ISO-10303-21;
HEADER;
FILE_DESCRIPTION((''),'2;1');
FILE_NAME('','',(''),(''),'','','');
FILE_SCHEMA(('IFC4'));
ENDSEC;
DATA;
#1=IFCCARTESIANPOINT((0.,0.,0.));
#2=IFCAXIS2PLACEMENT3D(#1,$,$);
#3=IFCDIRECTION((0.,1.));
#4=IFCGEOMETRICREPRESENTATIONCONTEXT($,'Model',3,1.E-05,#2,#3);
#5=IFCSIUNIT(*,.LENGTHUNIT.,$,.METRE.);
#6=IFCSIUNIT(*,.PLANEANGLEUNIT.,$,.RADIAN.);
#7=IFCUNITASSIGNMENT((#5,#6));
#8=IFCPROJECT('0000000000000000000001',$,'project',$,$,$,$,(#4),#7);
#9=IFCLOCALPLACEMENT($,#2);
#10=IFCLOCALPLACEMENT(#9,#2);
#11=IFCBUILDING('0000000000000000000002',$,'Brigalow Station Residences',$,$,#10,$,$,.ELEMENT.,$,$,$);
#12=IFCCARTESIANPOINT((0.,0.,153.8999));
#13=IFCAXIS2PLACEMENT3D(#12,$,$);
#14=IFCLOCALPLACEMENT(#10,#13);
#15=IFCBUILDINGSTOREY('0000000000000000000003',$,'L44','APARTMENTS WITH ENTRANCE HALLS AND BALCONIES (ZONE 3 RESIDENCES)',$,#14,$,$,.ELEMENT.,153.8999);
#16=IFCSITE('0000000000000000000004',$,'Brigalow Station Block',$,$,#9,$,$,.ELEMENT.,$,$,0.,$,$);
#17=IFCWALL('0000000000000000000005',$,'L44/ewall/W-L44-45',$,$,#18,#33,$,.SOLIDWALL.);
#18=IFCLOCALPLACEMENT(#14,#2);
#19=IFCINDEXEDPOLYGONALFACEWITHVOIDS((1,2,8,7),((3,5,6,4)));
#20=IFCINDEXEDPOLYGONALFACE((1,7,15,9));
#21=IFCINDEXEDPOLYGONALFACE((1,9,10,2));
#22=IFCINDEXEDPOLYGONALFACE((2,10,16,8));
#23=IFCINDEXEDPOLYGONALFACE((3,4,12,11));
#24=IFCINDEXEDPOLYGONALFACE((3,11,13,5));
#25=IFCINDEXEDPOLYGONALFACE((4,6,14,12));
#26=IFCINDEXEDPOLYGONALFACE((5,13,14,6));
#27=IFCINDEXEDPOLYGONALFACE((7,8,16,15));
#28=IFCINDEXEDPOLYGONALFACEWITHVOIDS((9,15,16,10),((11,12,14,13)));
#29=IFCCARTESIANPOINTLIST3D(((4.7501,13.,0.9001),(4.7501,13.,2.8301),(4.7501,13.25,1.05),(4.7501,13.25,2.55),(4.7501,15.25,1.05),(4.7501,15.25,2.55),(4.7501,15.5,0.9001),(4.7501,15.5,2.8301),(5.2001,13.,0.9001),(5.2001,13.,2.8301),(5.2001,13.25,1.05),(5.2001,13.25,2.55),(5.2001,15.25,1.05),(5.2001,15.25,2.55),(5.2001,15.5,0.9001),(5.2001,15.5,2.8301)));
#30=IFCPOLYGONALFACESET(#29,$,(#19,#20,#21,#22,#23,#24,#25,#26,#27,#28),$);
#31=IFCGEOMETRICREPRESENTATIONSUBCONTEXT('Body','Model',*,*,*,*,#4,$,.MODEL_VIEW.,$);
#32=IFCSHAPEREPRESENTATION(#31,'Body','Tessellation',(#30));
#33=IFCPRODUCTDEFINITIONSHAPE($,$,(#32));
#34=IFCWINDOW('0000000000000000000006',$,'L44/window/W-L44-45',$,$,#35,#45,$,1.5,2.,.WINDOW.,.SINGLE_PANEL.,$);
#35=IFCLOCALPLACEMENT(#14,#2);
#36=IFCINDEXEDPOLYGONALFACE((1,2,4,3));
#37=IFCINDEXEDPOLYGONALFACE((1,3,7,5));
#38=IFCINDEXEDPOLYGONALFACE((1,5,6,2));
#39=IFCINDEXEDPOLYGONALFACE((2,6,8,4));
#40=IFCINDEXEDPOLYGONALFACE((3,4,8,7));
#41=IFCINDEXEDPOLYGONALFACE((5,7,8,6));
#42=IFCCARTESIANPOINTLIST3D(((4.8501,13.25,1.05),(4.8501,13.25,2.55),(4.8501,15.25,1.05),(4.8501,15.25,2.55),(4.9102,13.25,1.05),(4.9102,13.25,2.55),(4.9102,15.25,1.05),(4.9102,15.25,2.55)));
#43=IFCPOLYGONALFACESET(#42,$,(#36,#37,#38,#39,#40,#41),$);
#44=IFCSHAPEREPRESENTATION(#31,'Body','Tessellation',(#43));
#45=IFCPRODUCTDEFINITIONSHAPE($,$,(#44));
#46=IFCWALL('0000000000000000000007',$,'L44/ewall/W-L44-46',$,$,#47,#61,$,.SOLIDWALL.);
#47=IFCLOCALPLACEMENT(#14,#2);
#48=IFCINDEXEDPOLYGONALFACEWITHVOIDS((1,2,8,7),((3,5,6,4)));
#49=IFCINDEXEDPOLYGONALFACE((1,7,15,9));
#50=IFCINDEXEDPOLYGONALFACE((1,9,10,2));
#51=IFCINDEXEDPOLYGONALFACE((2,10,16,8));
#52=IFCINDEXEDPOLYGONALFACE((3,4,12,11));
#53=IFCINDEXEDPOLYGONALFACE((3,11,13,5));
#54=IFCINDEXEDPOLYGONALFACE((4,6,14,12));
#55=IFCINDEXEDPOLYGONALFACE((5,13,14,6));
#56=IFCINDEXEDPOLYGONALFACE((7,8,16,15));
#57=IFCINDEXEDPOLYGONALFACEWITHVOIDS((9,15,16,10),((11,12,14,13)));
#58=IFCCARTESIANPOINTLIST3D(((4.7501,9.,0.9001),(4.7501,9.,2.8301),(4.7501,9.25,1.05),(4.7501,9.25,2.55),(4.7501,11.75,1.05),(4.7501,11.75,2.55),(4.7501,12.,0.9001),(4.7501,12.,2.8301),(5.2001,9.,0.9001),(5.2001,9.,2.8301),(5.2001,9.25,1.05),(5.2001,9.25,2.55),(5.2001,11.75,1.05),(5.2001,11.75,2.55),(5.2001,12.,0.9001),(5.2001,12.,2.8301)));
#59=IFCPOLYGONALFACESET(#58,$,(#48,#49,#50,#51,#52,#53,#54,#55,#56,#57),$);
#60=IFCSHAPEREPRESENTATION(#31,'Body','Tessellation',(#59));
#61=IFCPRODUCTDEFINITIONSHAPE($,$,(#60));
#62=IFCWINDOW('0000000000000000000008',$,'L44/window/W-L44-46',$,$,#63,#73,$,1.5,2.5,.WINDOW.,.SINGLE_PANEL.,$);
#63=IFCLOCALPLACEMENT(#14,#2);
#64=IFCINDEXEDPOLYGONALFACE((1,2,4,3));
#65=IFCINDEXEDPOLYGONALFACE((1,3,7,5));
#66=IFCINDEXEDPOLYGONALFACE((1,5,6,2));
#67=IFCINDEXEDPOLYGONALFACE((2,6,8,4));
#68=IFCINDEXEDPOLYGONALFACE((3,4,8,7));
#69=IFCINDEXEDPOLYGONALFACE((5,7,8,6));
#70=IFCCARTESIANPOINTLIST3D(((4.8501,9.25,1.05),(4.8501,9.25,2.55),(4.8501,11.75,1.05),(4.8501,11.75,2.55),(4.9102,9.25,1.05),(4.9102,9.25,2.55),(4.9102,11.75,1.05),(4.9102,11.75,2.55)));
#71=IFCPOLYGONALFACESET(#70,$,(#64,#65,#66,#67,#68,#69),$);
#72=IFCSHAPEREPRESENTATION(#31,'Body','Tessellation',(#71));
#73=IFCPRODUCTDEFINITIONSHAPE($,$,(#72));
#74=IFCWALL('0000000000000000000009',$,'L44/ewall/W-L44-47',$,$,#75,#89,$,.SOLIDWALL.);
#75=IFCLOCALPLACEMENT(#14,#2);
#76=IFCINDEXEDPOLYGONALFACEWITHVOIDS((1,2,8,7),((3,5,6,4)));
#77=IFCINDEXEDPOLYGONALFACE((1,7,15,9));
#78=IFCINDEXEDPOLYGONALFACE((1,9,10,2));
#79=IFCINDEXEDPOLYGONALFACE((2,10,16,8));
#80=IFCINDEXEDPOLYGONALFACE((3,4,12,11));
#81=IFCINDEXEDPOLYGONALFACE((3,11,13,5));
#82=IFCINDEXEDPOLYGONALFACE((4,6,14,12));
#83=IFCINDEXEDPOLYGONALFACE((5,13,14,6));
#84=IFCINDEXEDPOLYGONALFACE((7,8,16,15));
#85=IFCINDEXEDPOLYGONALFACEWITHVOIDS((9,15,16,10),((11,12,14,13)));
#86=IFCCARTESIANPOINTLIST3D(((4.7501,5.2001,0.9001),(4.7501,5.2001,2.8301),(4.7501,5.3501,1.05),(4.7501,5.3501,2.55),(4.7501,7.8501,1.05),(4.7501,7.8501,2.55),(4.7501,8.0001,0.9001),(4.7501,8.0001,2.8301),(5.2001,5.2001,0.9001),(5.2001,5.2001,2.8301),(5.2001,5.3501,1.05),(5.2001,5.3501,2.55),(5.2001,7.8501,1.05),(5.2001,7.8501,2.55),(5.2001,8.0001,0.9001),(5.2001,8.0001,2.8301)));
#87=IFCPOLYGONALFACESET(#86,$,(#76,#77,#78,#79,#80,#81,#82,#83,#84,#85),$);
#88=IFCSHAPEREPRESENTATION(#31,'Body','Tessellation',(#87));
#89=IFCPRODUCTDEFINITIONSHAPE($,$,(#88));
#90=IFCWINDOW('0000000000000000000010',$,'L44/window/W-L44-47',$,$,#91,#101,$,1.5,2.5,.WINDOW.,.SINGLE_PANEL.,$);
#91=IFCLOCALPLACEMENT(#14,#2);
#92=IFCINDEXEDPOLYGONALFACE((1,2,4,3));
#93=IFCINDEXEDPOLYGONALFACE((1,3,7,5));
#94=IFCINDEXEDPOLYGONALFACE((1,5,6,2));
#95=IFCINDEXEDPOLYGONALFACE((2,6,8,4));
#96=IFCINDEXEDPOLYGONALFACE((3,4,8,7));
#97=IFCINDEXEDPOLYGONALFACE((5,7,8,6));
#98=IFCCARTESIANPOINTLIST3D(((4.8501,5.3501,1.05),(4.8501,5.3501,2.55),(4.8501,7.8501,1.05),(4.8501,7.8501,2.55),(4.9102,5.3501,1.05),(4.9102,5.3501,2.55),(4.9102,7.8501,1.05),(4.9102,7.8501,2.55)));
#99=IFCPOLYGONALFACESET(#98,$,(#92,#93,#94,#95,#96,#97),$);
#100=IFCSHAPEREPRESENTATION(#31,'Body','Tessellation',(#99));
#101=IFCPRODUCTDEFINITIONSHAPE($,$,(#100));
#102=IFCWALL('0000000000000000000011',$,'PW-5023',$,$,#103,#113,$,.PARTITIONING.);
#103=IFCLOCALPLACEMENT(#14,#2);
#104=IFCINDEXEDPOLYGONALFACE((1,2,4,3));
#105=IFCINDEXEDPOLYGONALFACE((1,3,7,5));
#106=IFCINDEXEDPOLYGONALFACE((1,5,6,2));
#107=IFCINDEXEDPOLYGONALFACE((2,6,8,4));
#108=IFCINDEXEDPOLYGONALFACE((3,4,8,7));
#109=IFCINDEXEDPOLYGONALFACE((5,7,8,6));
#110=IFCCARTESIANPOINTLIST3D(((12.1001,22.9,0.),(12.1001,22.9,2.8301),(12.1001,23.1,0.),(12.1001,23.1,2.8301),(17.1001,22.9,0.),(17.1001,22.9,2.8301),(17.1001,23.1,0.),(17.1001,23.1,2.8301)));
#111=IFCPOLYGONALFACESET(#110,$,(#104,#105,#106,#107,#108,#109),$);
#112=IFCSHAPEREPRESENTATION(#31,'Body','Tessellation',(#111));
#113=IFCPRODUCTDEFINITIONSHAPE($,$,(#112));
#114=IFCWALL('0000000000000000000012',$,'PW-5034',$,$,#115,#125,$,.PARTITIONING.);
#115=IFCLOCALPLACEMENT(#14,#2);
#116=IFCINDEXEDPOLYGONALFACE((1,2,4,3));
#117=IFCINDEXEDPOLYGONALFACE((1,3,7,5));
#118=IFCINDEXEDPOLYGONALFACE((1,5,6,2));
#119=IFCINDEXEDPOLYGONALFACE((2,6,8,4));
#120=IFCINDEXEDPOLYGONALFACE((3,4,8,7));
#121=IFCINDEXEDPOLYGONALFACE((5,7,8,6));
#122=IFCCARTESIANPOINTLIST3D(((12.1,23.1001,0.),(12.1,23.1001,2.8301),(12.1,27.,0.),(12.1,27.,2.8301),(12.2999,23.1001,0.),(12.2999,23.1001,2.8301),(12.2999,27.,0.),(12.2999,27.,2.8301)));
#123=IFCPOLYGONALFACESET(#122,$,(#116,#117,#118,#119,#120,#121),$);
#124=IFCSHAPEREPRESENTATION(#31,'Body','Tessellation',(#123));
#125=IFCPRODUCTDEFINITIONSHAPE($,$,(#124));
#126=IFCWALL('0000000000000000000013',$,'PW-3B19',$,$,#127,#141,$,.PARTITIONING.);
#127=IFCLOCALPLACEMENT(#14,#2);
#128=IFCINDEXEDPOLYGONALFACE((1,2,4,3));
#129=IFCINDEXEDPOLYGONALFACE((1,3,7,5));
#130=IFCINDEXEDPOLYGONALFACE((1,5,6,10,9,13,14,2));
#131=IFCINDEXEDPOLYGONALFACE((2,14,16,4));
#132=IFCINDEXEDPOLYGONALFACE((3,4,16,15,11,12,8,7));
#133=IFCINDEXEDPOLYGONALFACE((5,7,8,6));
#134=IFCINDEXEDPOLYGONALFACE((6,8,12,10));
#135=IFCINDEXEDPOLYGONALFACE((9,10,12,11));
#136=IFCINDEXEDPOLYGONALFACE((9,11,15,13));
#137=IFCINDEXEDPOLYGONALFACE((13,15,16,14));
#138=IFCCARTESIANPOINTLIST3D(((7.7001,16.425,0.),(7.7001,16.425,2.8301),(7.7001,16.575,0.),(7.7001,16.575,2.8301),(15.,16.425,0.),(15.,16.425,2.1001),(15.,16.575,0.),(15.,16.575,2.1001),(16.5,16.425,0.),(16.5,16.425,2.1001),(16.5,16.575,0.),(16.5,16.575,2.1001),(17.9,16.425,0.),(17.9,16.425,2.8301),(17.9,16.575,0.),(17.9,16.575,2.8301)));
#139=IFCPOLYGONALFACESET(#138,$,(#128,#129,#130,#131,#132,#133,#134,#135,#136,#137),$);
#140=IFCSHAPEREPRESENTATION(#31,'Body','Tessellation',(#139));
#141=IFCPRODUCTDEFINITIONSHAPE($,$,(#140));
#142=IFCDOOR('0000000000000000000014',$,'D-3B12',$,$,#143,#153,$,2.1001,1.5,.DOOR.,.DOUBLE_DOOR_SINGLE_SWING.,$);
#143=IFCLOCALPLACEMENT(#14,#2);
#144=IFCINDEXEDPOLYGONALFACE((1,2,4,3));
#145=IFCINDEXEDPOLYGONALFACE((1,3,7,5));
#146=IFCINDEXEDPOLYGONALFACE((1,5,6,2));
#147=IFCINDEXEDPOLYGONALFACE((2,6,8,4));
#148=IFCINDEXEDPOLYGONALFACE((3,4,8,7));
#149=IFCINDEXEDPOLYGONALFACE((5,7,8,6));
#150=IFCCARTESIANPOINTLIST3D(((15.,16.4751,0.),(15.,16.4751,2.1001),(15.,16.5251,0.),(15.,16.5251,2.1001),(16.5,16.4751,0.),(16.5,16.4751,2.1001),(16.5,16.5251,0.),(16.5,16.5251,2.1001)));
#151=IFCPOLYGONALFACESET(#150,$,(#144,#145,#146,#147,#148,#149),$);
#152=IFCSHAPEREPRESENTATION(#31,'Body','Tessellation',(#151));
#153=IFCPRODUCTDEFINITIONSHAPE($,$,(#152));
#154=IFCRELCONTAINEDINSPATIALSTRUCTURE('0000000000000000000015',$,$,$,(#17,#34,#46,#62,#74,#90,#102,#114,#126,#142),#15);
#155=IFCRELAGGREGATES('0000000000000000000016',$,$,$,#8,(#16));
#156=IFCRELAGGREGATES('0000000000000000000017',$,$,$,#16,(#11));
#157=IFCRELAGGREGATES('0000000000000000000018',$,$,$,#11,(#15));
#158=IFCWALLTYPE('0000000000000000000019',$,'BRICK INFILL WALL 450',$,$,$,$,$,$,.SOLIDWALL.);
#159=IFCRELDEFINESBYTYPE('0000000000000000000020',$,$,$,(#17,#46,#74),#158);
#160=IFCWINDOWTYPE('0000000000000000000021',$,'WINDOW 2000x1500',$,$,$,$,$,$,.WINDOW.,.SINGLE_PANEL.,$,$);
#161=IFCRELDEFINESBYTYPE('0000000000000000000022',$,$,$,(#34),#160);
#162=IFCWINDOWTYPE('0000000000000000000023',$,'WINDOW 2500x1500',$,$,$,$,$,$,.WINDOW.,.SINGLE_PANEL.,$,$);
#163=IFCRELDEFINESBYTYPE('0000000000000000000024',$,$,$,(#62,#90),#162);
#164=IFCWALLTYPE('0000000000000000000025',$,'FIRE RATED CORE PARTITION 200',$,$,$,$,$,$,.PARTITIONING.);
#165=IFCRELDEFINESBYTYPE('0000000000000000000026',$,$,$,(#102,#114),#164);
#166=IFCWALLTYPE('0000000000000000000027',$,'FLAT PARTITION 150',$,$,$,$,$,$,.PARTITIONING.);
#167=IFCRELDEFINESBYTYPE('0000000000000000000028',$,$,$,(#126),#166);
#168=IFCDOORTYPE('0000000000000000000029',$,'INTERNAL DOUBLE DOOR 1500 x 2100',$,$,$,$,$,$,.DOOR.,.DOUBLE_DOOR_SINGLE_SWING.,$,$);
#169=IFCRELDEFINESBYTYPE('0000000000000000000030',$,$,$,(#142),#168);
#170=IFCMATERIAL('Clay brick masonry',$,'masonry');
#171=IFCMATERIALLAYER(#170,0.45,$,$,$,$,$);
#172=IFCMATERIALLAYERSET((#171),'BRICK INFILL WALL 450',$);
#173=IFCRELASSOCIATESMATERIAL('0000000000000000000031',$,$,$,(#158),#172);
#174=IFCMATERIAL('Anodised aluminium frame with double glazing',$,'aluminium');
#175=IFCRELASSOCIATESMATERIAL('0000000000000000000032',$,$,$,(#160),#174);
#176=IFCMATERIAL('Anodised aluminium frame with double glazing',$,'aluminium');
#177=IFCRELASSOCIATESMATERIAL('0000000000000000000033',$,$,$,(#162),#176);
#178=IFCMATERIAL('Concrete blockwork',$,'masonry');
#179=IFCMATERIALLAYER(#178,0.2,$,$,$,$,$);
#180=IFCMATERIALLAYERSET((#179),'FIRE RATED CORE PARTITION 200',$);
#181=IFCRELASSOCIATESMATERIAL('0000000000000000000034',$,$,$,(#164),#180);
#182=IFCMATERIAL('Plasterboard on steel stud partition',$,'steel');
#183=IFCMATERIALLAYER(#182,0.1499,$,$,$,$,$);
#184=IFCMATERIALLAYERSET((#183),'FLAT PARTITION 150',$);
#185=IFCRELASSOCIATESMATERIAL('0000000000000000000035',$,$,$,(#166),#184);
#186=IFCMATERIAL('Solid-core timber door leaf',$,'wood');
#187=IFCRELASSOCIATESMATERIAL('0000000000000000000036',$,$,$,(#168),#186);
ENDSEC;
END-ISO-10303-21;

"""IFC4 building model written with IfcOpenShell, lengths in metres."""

from ifc_helpers import new_model, si_unit, direction, frame, frame_2d, origin, place, context, subcontext, project, spatial, rectangle, extrude, material, layer, layer_set, type_object, element, fill, save


model = new_model("IFC4")

# Units and contexts
model_context = context("Model", 3, precision=1e-05, world=origin(), true_north=direction((0.0, 1.0)))
body_context = subcontext(model_context, "Body", "Model", "MODEL_VIEW")
ifc_project = project(units=[si_unit("LENGTHUNIT", "METRE"), si_unit("PLANEANGLEUNIT", "RADIAN")], contexts=[model_context])

# Site, building, storey
site_placement = place(None, origin())
site = spatial("IfcSite", under=ifc_project, at=site_placement, Name="Brigalow Station Block", CompositionType="ELEMENT", RefElevation=0.0)
building_placement = place(site_placement, origin())
building = spatial("IfcBuilding", under=site, at=building_placement, Name="Brigalow Station Residences", CompositionType="ELEMENT")
storey_placement = place(building_placement, frame((0.0, 0.0, 153.8999)))
storey = spatial("IfcBuildingStorey", under=building, at=storey_placement, Name="L44", Description="APARTMENTS WITH ENTRANCE HALLS AND BALCONIES (ZONE 3 RESIDENCES)", CompositionType="ELEMENT", Elevation=153.8999)

# Shared definitions
ifc_material_1 = material(Name="Clay brick masonry", Category="masonry")
ifc_layer_1 = layer(ifc_material_1, 0.45)
ifc_layer_set_1 = layer_set([ifc_layer_1], Name="BRICK INFILL WALL 450")
wall_type_1 = type_object("IfcWallType", Name="BRICK INFILL WALL 450", PredefinedType="SOLIDWALL", material=ifc_layer_set_1)

# Walls, openings, windows
wall_1_placement = place(storey_placement, frame((4.9751, 15.5, 0.9001), z_axis=(0.0, 0.0, 1.0), x_axis=(0.0, -1.0, 0.0)))
wall_1 = element("IfcWall", 1, at=wall_1_placement, inside=storey, type_object=wall_type_1, Name="L44/ewall/W-L44-45", PredefinedType="SOLIDWALL", context=body_context, shape_type="SweptSolid", body=[
    extrude(rectangle(XDim=2.5, YDim=0.45, at=frame_2d((1.25, 0.0))), origin(), (0.0, 0.0, 1.0), 1.9299),
])
opening_1_placement = place(wall_1_placement, frame((0.25, 0.0, 0.1499)))
opening_1 = element("IfcOpeningElement", 2, at=opening_1_placement, cuts=wall_1, PredefinedType="OPENING", context=body_context, shape_type="SweptSolid", body=[
    extrude(rectangle(XDim=2.0, YDim=1.5, at=frame_2d((1.0, 0.75))), frame((0.0, 0.2349, 0.0), z_axis=(0.0, -1.0, 0.0), x_axis=(1.0, 0.0, 0.0)), (0.0, 0.0, 1.0), 0.47),
])
ifc_material_2 = material(Name="Anodised aluminium frame with double glazing", Category="aluminium")
window_type_1 = type_object("IfcWindowType", Name="WINDOW 2000x1500", PartitioningType="SINGLE_PANEL", PredefinedType="WINDOW", material=ifc_material_2)
window_1_placement = place(opening_1_placement, origin())
window_1 = element("IfcWindow", 3, at=window_1_placement, inside=storey, type_object=window_type_1, Name="L44/window/W-L44-45", OverallHeight=1.5, OverallWidth=2.0, PartitioningType="SINGLE_PANEL", PredefinedType="WINDOW", context=body_context, shape_type="SweptSolid", body=[
    extrude(rectangle(XDim=2.0, YDim=1.5, at=frame_2d((1.0, 0.75))), frame((0.0, -0.0649, 0.0), z_axis=(0.0, -1.0, 0.0), x_axis=(1.0, 0.0, 0.0)), (0.0, 0.0, 1.0), 0.0601),
])
fill(opening_1, window_1)
wall_2_placement = place(storey_placement, frame((4.9751, 12.0, 0.9001), z_axis=(0.0, 0.0, 1.0), x_axis=(0.0, -1.0, 0.0)))
wall_2 = element("IfcWall", 4, at=wall_2_placement, inside=storey, type_object=wall_type_1, Name="L44/ewall/W-L44-46", PredefinedType="SOLIDWALL", context=body_context, shape_type="SweptSolid", body=[
    extrude(rectangle(XDim=3.0, YDim=0.45, at=frame_2d((1.5, 0.0))), origin(), (0.0, 0.0, 1.0), 1.9299),
])
opening_2_placement = place(wall_2_placement, frame((0.25, 0.0, 0.1499)))
opening_2 = element("IfcOpeningElement", 5, at=opening_2_placement, cuts=wall_2, PredefinedType="OPENING", context=body_context, shape_type="SweptSolid", body=[
    extrude(rectangle(XDim=2.5, YDim=1.5, at=frame_2d((1.25, 0.75))), frame((0.0, 0.2349, 0.0), z_axis=(0.0, -1.0, 0.0), x_axis=(1.0, 0.0, 0.0)), (0.0, 0.0, 1.0), 0.47),
])
ifc_material_3 = material(Name="Anodised aluminium frame with double glazing", Category="aluminium")
window_type_2 = type_object("IfcWindowType", Name="WINDOW 2500x1500", PartitioningType="SINGLE_PANEL", PredefinedType="WINDOW", material=ifc_material_3)
window_2_placement = place(opening_2_placement, origin())
window_2 = element("IfcWindow", 6, at=window_2_placement, inside=storey, type_object=window_type_2, Name="L44/window/W-L44-46", OverallHeight=1.5, OverallWidth=2.5, PartitioningType="SINGLE_PANEL", PredefinedType="WINDOW", context=body_context, shape_type="SweptSolid", body=[
    extrude(rectangle(XDim=2.5, YDim=1.5, at=frame_2d((1.25, 0.75))), frame((0.0, -0.0649, 0.0), z_axis=(0.0, -1.0, 0.0), x_axis=(1.0, 0.0, 0.0)), (0.0, 0.0, 1.0), 0.0601),
])
fill(opening_2, window_2)
wall_3_placement = place(storey_placement, frame((4.9751, 8.0, 0.9001), z_axis=(0.0, 0.0, 1.0), x_axis=(0.0, -1.0, 0.0)))
wall_3 = element("IfcWall", 7, at=wall_3_placement, inside=storey, type_object=wall_type_1, Name="L44/ewall/W-L44-47", PredefinedType="SOLIDWALL", context=body_context, shape_type="SweptSolid", body=[
    extrude(rectangle(XDim=2.8, YDim=0.45, at=frame_2d((1.3999, 0.0))), origin(), (0.0, 0.0, 1.0), 1.9299),
])
opening_3_placement = place(wall_3_placement, frame((0.1499, 0.0, 0.1499)))
opening_3 = element("IfcOpeningElement", 8, at=opening_3_placement, cuts=wall_3, PredefinedType="OPENING", context=body_context, shape_type="SweptSolid", body=[
    extrude(rectangle(XDim=2.5, YDim=1.5, at=frame_2d((1.25, 0.75))), frame((0.0, 0.2349, 0.0), z_axis=(0.0, -1.0, 0.0), x_axis=(1.0, 0.0, 0.0)), (0.0, 0.0, 1.0), 0.47),
])
window_3_placement = place(opening_3_placement, origin())
window_3 = element("IfcWindow", 9, at=window_3_placement, inside=storey, type_object=window_type_2, Name="L44/window/W-L44-47", OverallHeight=1.5, OverallWidth=2.5, PartitioningType="SINGLE_PANEL", PredefinedType="WINDOW", context=body_context, shape_type="SweptSolid", body=[
    extrude(rectangle(XDim=2.5, YDim=1.5, at=frame_2d((1.25, 0.75))), frame((0.0, -0.0649, 0.0), z_axis=(0.0, -1.0, 0.0), x_axis=(1.0, 0.0, 0.0)), (0.0, 0.0, 1.0), 0.0601),
])
fill(opening_3, window_3)

# Walls
ifc_material_4 = material(Name="Concrete blockwork", Category="masonry")
ifc_layer_2 = layer(ifc_material_4, 0.2)
ifc_layer_set_2 = layer_set([ifc_layer_2], Name="FIRE RATED CORE PARTITION 200")
wall_type_2 = type_object("IfcWallType", Name="FIRE RATED CORE PARTITION 200", PredefinedType="PARTITIONING", material=ifc_layer_set_2)
wall_4_placement = place(storey_placement, frame((12.1001, 23.0, 0.0), z_axis=(0.0, 0.0, 1.0), x_axis=(1.0, 0.0, 0.0)))
element("IfcWall", 10, at=wall_4_placement, inside=storey, type_object=wall_type_2, Name="PW-5023", PredefinedType="PARTITIONING", context=body_context, shape_type="SweptSolid", body=[
    extrude(rectangle(XDim=5.0, YDim=0.2, at=frame_2d((2.5, 0.0))), origin(), (0.0, 0.0, 1.0), 2.8301),
])
wall_5_placement = place(storey_placement, frame((12.2, 23.1001, 0.0), z_axis=(0.0, 0.0, 1.0), x_axis=(0.0, 1.0, 0.0)))
element("IfcWall", 11, at=wall_5_placement, inside=storey, type_object=wall_type_2, Name="PW-5034", PredefinedType="PARTITIONING", context=body_context, shape_type="SweptSolid", body=[
    extrude(rectangle(XDim=3.8999, YDim=0.2, at=frame_2d((1.95, 0.0))), origin(), (0.0, 0.0, 1.0), 2.8301),
])

# Wall, opening, door
ifc_material_5 = material(Name="Plasterboard on steel stud partition", Category="steel")
ifc_layer_3 = layer(ifc_material_5, 0.1499)
ifc_layer_set_3 = layer_set([ifc_layer_3], Name="FLAT PARTITION 150")
wall_type_3 = type_object("IfcWallType", Name="FLAT PARTITION 150", PredefinedType="PARTITIONING", material=ifc_layer_set_3)
wall_6_placement = place(storey_placement, frame((7.7, 16.5, 0.0), z_axis=(0.0, 0.0, 1.0), x_axis=(1.0, 0.0, 0.0)))
wall_6 = element("IfcWall", 12, at=wall_6_placement, inside=storey, type_object=wall_type_3, Name="PW-3B19", PredefinedType="PARTITIONING", context=body_context, shape_type="SweptSolid", body=[
    extrude(rectangle(XDim=10.2, YDim=0.1499, at=frame_2d((5.1001, 0.0))), origin(), (0.0, 0.0, 1.0), 2.8301),
])
opening_4_placement = place(wall_6_placement, frame((7.3, 0.0, 0.0)))
opening_4 = element("IfcOpeningElement", 13, at=opening_4_placement, cuts=wall_6, PredefinedType="OPENING", context=body_context, shape_type="SweptSolid", body=[
    extrude(rectangle(XDim=1.5, YDim=2.1001, at=frame_2d((0.75, 1.05))), frame((0.0, 0.085, 0.0), z_axis=(0.0, -1.0, 0.0), x_axis=(1.0, 0.0, 0.0)), (0.0, 0.0, 1.0), 0.1699),
])
ifc_material_6 = material(Name="Solid-core timber door leaf", Category="wood")
door_type_1 = type_object("IfcDoorType", Name="INTERNAL DOUBLE DOOR 1500 x 2100", OperationType="DOUBLE_DOOR_SINGLE_SWING", PredefinedType="DOOR", material=ifc_material_6)
door_1_placement = place(opening_4_placement, frame((1.5, 0.0, 0.0), z_axis=(0.0, 0.0, 1.0), x_axis=(-1.0, 0.0, 0.0)))
door_1 = element("IfcDoor", 14, at=door_1_placement, inside=storey, type_object=door_type_1, Name="D-3B12", OperationType="DOUBLE_DOOR_SINGLE_SWING", OverallHeight=2.1001, OverallWidth=1.5, PredefinedType="DOOR", context=body_context, shape_type="SweptSolid", body=[
    extrude(rectangle(XDim=1.5, YDim=2.1001, at=frame_2d((0.75, 1.05))), frame((0.0, 0.0249, 0.0), z_axis=(0.0, -1.0, 0.0), x_axis=(1.0, 0.0, 0.0)), (0.0, 0.0, 1.0), 0.05),
])
fill(opening_4, door_1)

save(model, "model.ifc")
